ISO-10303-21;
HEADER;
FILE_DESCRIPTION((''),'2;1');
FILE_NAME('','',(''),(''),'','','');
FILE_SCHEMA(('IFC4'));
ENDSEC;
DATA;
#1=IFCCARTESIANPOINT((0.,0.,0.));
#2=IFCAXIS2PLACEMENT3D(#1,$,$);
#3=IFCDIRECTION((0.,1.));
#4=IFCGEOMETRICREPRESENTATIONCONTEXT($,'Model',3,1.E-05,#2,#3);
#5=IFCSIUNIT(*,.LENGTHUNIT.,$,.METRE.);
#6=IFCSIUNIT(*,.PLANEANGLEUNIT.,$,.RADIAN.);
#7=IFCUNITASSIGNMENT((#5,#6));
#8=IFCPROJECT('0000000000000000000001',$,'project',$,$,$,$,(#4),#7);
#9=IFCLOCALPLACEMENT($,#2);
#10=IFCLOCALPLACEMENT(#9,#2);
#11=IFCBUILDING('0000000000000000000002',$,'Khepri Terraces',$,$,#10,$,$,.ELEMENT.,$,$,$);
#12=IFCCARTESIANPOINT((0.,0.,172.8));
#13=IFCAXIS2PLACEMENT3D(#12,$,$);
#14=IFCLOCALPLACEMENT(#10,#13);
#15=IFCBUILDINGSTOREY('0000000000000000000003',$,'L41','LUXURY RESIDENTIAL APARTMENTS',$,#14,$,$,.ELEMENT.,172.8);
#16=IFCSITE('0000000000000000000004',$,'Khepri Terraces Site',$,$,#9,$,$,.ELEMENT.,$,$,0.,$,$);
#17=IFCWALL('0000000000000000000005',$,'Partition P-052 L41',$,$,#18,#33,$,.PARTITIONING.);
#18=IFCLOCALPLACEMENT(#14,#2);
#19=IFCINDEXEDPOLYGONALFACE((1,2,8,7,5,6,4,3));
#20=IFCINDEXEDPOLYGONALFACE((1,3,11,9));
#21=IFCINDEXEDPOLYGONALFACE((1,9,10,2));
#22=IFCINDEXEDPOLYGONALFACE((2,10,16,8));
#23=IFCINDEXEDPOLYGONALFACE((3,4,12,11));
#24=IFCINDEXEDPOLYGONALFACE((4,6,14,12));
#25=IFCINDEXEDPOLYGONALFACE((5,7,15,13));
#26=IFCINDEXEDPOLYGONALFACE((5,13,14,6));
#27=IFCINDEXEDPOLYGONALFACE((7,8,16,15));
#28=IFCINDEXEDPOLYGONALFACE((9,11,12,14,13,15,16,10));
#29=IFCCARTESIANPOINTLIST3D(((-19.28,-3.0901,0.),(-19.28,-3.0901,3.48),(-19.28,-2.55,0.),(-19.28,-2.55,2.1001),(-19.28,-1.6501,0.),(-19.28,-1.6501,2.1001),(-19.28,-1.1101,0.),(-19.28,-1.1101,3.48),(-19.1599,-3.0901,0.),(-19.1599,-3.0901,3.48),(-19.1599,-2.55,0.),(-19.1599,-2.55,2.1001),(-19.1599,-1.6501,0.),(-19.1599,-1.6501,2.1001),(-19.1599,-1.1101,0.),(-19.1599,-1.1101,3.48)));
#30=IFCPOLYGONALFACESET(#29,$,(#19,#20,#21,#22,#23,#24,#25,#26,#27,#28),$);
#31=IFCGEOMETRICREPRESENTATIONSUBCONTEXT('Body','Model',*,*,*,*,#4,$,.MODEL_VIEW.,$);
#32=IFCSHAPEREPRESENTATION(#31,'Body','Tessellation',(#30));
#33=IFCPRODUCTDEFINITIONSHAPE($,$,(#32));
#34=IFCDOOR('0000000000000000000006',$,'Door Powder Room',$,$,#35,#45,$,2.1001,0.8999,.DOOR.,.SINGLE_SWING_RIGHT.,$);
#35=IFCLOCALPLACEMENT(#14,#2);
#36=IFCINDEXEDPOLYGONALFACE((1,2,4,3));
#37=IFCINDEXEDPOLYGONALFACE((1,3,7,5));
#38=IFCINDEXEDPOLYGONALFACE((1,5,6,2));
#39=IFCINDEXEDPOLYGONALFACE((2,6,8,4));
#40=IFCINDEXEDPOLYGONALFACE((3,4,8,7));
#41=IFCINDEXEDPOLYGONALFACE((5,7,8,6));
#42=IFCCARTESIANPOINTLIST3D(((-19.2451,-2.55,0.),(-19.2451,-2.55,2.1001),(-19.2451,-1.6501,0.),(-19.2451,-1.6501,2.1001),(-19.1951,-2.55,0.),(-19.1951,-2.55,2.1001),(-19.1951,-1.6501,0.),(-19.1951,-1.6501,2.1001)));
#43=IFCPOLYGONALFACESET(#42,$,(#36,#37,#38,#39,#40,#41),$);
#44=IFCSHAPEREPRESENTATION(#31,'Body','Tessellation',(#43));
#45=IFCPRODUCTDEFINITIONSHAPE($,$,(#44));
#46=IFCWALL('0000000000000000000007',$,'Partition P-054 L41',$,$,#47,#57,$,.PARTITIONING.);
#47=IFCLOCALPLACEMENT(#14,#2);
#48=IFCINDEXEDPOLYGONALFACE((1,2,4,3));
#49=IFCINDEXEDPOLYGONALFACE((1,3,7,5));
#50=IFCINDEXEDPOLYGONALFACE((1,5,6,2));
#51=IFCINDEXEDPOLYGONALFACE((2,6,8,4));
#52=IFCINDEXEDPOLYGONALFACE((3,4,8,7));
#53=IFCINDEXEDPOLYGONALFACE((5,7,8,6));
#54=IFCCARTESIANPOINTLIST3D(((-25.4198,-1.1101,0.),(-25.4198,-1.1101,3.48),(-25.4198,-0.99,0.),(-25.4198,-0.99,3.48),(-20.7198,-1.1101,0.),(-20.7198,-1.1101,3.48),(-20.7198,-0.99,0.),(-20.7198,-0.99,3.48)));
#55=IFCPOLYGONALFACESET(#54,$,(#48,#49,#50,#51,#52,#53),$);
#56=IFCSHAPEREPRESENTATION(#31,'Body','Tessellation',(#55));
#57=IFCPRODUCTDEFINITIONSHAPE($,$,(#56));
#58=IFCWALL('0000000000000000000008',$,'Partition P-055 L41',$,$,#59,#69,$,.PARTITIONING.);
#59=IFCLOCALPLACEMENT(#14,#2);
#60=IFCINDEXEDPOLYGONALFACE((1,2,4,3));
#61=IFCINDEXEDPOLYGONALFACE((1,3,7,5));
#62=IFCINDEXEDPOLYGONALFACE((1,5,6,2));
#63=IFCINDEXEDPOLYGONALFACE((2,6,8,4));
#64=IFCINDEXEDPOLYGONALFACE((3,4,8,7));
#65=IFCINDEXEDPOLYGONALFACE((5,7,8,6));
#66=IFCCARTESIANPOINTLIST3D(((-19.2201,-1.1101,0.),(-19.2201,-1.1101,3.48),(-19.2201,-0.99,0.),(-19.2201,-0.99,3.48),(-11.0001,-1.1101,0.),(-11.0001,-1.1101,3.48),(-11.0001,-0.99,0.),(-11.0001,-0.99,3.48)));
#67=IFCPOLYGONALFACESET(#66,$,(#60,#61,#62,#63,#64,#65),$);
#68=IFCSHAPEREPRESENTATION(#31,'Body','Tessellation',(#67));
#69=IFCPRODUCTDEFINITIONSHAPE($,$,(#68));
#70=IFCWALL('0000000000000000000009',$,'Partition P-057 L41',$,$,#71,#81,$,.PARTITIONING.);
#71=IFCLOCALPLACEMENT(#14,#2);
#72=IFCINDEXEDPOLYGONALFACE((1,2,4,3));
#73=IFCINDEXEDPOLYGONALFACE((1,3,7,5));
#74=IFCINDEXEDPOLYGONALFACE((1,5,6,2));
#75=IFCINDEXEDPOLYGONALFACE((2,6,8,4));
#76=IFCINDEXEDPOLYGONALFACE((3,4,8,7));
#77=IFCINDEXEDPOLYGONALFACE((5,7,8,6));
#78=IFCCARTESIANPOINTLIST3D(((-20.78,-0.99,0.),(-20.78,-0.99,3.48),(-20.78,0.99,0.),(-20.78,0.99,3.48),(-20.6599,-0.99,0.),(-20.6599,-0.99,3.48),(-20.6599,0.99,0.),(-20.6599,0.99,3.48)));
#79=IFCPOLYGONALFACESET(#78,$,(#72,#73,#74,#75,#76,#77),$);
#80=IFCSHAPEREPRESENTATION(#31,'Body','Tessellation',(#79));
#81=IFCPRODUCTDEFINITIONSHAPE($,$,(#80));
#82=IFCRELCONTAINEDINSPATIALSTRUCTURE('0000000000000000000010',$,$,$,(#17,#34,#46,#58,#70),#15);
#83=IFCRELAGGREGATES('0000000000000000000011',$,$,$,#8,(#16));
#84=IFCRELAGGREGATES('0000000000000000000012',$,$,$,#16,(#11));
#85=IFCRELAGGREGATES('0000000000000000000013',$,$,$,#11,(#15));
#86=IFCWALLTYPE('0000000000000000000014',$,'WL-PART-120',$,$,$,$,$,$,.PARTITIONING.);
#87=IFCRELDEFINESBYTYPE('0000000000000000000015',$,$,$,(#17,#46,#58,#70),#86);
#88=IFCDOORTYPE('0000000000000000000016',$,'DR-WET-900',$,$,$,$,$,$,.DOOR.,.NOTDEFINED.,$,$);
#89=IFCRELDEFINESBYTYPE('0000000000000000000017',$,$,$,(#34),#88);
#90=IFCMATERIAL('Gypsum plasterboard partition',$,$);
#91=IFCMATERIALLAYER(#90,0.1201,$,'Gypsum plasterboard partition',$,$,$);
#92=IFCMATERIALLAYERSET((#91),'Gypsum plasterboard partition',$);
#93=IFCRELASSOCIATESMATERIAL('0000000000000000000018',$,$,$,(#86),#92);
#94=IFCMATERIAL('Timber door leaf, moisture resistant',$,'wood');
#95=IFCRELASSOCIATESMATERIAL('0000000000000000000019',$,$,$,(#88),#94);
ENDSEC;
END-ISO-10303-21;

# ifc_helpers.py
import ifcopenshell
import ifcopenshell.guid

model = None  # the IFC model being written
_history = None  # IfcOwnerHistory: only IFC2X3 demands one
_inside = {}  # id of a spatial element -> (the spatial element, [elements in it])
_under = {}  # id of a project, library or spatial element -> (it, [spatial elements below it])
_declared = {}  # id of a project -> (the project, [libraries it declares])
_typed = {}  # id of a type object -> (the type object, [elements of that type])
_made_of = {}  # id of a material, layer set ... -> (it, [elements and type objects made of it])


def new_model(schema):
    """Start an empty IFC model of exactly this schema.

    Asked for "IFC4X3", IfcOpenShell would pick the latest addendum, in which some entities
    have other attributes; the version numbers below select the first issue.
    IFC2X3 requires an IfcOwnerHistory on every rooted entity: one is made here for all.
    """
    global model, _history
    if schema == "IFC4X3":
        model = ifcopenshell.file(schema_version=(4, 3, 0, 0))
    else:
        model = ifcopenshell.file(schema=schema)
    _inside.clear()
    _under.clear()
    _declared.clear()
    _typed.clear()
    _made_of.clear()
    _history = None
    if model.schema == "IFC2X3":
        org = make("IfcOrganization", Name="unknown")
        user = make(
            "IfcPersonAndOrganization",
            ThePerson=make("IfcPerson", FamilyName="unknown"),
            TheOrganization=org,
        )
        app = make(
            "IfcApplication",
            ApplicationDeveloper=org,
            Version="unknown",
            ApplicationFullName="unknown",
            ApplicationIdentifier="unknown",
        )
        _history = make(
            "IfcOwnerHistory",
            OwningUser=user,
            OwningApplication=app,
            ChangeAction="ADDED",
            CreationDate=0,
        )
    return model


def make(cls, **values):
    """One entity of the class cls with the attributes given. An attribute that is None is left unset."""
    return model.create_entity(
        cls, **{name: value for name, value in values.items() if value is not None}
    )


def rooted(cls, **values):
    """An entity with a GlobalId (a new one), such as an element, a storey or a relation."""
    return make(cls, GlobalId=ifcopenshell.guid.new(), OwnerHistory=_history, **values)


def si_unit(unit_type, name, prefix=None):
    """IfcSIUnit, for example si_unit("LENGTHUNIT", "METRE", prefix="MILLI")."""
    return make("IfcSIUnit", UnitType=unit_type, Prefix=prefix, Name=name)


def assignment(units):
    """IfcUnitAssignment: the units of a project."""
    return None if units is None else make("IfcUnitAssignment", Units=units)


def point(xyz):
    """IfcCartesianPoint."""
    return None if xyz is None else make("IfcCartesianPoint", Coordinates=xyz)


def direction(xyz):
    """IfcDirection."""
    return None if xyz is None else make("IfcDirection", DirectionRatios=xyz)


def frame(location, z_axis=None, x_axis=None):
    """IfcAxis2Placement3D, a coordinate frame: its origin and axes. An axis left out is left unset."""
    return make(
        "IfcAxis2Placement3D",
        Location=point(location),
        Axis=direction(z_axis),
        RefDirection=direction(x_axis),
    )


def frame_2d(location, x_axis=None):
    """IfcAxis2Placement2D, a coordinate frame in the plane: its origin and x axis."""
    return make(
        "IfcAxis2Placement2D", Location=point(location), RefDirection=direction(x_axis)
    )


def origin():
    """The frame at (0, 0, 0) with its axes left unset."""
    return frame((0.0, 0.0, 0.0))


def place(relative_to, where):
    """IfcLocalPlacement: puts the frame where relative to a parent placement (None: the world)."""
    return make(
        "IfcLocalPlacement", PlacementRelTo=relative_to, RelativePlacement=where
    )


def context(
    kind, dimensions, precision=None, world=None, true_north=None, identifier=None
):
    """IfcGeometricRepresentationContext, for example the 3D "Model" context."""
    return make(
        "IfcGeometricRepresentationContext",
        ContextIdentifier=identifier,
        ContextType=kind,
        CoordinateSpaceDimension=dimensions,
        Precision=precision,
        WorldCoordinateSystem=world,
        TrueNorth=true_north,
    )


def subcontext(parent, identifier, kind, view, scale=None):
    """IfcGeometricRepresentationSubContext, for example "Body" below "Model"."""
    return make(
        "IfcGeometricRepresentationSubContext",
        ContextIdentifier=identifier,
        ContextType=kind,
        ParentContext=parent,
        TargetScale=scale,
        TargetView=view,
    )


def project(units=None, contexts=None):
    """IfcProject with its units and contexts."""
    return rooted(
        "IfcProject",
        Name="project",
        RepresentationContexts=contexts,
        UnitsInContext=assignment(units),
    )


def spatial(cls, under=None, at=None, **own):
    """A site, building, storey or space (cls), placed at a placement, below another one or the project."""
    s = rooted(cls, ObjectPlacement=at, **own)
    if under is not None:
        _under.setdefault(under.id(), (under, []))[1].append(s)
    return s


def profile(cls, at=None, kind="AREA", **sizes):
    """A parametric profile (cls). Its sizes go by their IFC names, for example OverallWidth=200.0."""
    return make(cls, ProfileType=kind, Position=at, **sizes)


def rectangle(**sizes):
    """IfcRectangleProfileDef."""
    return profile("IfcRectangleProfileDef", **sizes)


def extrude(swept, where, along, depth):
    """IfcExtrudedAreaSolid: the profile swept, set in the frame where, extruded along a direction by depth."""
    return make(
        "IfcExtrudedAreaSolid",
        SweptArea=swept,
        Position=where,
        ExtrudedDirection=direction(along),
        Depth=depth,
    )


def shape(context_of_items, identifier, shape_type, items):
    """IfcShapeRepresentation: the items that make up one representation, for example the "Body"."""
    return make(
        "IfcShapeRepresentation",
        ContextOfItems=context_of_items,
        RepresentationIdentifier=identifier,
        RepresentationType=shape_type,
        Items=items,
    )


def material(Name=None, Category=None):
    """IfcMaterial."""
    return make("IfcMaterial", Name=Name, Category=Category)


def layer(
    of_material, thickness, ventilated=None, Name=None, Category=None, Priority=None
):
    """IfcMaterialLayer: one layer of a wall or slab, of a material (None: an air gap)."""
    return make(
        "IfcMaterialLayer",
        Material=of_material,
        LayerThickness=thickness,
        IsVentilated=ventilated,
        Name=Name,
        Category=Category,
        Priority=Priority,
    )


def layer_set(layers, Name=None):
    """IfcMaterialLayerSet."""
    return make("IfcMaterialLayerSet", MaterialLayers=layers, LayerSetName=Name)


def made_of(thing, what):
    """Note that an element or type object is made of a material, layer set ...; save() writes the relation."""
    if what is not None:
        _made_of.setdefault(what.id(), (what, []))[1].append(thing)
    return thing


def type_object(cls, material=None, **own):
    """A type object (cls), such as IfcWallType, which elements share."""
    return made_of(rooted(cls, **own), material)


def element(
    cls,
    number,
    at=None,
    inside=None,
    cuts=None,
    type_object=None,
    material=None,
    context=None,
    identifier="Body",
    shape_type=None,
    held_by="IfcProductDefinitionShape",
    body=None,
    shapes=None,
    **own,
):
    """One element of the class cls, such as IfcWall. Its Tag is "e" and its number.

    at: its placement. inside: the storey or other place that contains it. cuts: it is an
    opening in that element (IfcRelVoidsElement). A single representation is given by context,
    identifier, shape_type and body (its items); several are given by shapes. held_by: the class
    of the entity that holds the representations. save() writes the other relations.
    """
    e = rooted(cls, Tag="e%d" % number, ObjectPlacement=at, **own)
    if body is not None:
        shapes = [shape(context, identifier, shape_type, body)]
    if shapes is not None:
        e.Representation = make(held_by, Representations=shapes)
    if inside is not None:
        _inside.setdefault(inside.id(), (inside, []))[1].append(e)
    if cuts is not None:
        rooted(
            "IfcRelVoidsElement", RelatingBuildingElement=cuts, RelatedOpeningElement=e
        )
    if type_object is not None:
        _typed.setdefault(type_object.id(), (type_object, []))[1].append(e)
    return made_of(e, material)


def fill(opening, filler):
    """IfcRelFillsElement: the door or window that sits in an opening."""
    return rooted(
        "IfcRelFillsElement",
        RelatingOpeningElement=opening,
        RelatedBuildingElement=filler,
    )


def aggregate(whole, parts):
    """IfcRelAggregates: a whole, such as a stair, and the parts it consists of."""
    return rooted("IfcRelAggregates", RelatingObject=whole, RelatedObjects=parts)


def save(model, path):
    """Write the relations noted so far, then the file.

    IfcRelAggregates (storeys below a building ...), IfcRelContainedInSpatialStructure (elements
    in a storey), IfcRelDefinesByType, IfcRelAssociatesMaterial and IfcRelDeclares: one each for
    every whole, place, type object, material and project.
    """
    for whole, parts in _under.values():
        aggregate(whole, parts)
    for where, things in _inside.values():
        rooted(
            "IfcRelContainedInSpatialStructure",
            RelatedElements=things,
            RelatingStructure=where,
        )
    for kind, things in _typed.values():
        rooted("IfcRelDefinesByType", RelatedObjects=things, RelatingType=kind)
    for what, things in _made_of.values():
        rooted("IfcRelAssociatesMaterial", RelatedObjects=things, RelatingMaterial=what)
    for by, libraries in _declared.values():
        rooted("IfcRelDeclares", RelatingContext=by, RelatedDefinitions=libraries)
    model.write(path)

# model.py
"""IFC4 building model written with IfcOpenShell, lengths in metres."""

from ifc_helpers import new_model, si_unit, direction, frame, frame_2d, origin, place, context, subcontext, project, spatial, rectangle, extrude, material, layer, layer_set, type_object, element, fill, save


model = new_model("IFC4")

# Units and contexts
model_context = context("Model", 3, precision=1e-05, world=origin(), true_north=direction((0.0, 1.0)))
body_context = subcontext(model_context, "Body", "Model", "MODEL_VIEW")
ifc_project = project(units=[si_unit("LENGTHUNIT", "METRE"), si_unit("PLANEANGLEUNIT", "RADIAN")], contexts=[model_context])

# Site, building, storey
site_placement = place(None, origin())
site = spatial("IfcSite", under=ifc_project, at=site_placement, Name="Khepri Terraces Site", CompositionType="ELEMENT", RefElevation=0.0)
building_placement = place(site_placement, origin())
building = spatial("IfcBuilding", under=site, at=building_placement, Name="Khepri Terraces", CompositionType="ELEMENT")
storey_placement = place(building_placement, frame((0.0, 0.0, 172.8)))
storey = spatial("IfcBuildingStorey", under=building, at=storey_placement, Name="L41", Description="LUXURY RESIDENTIAL APARTMENTS", CompositionType="ELEMENT", Elevation=172.8)

# Shared definitions
ifc_material_1 = material(Name="Gypsum plasterboard partition")
ifc_layer_1 = layer(ifc_material_1, 0.1201, Name="Gypsum plasterboard partition")
ifc_layer_set_1 = layer_set([ifc_layer_1], Name="Gypsum plasterboard partition")
wall_type_1 = type_object("IfcWallType", Name="WL-PART-120", PredefinedType="PARTITIONING", material=ifc_layer_set_1)

# Shared definitions
ifc_material_2 = material(Name="Timber door leaf, moisture resistant", Category="wood")
door_type_1 = type_object("IfcDoorType", Name="DR-WET-900", OperationType="NOTDEFINED", PredefinedType="DOOR", material=ifc_material_2)

# Wall, opening, door
wall_1_placement = place(storey_placement, frame((-19.22, -3.0901, 0.0), z_axis=(0.0, 0.0, 1.0), x_axis=(0.0, 1.0, 0.0)))
wall_1 = element("IfcWall", 1, at=wall_1_placement, inside=storey, type_object=wall_type_1, Name="Partition P-052 L41", PredefinedType="PARTITIONING", context=body_context, shape_type="SweptSolid", body=[
    extrude(rectangle(XDim=1.98, YDim=0.1201, at=frame_2d((0.99, 0.0))), origin(), (0.0, 0.0, 1.0), 3.48),
])
opening_1_placement = place(wall_1_placement, frame((0.54, 0.0, 0.0)))
opening_1 = element("IfcOpeningElement", 2, at=opening_1_placement, cuts=wall_1, PredefinedType="OPENING", context=body_context, shape_type="SweptSolid", body=[
    extrude(rectangle(XDim=0.8999, YDim=2.1001, at=frame_2d((0.45, 1.05))), frame((0.0, 0.0701, 0.0), z_axis=(0.0, -1.0, 0.0), x_axis=(1.0, 0.0, 0.0)), (0.0, 0.0, 1.0), 0.1401),
])
door_1_placement = place(opening_1_placement, frame((0.8999, 0.0, 0.0), z_axis=(0.0, 0.0, 1.0), x_axis=(-1.0, 0.0, 0.0)))
door_1 = element("IfcDoor", 3, at=door_1_placement, inside=storey, type_object=door_type_1, Name="Door Powder Room", OperationType="SINGLE_SWING_RIGHT", OverallHeight=2.1001, OverallWidth=0.8999, PredefinedType="DOOR", context=body_context, shape_type="SweptSolid", body=[
    extrude(rectangle(XDim=0.8999, YDim=2.1001, at=frame_2d((0.45, 1.05))), frame((0.0, 0.0249, 0.0), z_axis=(0.0, -1.0, 0.0), x_axis=(1.0, 0.0, 0.0)), (0.0, 0.0, 1.0), 0.05),
])
fill(opening_1, door_1)

# Walls
wall_2_placement = place(storey_placement, frame((-25.4199, -1.05, 0.0), z_axis=(0.0, 0.0, 1.0), x_axis=(1.0, 0.0, 0.0)))
element("IfcWall", 4, at=wall_2_placement, inside=storey, type_object=wall_type_1, Name="Partition P-054 L41", PredefinedType="PARTITIONING", context=body_context, shape_type="SweptSolid", body=[
    extrude(rectangle(XDim=4.7, YDim=0.1201, at=frame_2d((2.3501, 0.0))), origin(), (0.0, 0.0, 1.0), 3.48),
])
wall_3_placement = place(storey_placement, frame((-19.22, -1.05, 0.0), z_axis=(0.0, 0.0, 1.0), x_axis=(1.0, 0.0, 0.0)))
element("IfcWall", 5, at=wall_3_placement, inside=storey, type_object=wall_type_1, Name="Partition P-055 L41", PredefinedType="PARTITIONING", context=body_context, shape_type="SweptSolid", body=[
    extrude(rectangle(XDim=8.22, YDim=0.1201, at=frame_2d((4.1099, 0.0))), origin(), (0.0, 0.0, 1.0), 3.48),
])
wall_4_placement = place(storey_placement, frame((-20.72, -0.99, 0.0), z_axis=(0.0, 0.0, 1.0), x_axis=(0.0, 1.0, 0.0)))
element("IfcWall", 6, at=wall_4_placement, inside=storey, type_object=wall_type_1, Name="Partition P-057 L41", PredefinedType="PARTITIONING", context=body_context, shape_type="SweptSolid", body=[
    extrude(rectangle(XDim=1.98, YDim=0.1201, at=frame_2d((0.99, 0.0))), origin(), (0.0, 0.0, 1.0), 3.48),
])

save(model, "model.ifc")
